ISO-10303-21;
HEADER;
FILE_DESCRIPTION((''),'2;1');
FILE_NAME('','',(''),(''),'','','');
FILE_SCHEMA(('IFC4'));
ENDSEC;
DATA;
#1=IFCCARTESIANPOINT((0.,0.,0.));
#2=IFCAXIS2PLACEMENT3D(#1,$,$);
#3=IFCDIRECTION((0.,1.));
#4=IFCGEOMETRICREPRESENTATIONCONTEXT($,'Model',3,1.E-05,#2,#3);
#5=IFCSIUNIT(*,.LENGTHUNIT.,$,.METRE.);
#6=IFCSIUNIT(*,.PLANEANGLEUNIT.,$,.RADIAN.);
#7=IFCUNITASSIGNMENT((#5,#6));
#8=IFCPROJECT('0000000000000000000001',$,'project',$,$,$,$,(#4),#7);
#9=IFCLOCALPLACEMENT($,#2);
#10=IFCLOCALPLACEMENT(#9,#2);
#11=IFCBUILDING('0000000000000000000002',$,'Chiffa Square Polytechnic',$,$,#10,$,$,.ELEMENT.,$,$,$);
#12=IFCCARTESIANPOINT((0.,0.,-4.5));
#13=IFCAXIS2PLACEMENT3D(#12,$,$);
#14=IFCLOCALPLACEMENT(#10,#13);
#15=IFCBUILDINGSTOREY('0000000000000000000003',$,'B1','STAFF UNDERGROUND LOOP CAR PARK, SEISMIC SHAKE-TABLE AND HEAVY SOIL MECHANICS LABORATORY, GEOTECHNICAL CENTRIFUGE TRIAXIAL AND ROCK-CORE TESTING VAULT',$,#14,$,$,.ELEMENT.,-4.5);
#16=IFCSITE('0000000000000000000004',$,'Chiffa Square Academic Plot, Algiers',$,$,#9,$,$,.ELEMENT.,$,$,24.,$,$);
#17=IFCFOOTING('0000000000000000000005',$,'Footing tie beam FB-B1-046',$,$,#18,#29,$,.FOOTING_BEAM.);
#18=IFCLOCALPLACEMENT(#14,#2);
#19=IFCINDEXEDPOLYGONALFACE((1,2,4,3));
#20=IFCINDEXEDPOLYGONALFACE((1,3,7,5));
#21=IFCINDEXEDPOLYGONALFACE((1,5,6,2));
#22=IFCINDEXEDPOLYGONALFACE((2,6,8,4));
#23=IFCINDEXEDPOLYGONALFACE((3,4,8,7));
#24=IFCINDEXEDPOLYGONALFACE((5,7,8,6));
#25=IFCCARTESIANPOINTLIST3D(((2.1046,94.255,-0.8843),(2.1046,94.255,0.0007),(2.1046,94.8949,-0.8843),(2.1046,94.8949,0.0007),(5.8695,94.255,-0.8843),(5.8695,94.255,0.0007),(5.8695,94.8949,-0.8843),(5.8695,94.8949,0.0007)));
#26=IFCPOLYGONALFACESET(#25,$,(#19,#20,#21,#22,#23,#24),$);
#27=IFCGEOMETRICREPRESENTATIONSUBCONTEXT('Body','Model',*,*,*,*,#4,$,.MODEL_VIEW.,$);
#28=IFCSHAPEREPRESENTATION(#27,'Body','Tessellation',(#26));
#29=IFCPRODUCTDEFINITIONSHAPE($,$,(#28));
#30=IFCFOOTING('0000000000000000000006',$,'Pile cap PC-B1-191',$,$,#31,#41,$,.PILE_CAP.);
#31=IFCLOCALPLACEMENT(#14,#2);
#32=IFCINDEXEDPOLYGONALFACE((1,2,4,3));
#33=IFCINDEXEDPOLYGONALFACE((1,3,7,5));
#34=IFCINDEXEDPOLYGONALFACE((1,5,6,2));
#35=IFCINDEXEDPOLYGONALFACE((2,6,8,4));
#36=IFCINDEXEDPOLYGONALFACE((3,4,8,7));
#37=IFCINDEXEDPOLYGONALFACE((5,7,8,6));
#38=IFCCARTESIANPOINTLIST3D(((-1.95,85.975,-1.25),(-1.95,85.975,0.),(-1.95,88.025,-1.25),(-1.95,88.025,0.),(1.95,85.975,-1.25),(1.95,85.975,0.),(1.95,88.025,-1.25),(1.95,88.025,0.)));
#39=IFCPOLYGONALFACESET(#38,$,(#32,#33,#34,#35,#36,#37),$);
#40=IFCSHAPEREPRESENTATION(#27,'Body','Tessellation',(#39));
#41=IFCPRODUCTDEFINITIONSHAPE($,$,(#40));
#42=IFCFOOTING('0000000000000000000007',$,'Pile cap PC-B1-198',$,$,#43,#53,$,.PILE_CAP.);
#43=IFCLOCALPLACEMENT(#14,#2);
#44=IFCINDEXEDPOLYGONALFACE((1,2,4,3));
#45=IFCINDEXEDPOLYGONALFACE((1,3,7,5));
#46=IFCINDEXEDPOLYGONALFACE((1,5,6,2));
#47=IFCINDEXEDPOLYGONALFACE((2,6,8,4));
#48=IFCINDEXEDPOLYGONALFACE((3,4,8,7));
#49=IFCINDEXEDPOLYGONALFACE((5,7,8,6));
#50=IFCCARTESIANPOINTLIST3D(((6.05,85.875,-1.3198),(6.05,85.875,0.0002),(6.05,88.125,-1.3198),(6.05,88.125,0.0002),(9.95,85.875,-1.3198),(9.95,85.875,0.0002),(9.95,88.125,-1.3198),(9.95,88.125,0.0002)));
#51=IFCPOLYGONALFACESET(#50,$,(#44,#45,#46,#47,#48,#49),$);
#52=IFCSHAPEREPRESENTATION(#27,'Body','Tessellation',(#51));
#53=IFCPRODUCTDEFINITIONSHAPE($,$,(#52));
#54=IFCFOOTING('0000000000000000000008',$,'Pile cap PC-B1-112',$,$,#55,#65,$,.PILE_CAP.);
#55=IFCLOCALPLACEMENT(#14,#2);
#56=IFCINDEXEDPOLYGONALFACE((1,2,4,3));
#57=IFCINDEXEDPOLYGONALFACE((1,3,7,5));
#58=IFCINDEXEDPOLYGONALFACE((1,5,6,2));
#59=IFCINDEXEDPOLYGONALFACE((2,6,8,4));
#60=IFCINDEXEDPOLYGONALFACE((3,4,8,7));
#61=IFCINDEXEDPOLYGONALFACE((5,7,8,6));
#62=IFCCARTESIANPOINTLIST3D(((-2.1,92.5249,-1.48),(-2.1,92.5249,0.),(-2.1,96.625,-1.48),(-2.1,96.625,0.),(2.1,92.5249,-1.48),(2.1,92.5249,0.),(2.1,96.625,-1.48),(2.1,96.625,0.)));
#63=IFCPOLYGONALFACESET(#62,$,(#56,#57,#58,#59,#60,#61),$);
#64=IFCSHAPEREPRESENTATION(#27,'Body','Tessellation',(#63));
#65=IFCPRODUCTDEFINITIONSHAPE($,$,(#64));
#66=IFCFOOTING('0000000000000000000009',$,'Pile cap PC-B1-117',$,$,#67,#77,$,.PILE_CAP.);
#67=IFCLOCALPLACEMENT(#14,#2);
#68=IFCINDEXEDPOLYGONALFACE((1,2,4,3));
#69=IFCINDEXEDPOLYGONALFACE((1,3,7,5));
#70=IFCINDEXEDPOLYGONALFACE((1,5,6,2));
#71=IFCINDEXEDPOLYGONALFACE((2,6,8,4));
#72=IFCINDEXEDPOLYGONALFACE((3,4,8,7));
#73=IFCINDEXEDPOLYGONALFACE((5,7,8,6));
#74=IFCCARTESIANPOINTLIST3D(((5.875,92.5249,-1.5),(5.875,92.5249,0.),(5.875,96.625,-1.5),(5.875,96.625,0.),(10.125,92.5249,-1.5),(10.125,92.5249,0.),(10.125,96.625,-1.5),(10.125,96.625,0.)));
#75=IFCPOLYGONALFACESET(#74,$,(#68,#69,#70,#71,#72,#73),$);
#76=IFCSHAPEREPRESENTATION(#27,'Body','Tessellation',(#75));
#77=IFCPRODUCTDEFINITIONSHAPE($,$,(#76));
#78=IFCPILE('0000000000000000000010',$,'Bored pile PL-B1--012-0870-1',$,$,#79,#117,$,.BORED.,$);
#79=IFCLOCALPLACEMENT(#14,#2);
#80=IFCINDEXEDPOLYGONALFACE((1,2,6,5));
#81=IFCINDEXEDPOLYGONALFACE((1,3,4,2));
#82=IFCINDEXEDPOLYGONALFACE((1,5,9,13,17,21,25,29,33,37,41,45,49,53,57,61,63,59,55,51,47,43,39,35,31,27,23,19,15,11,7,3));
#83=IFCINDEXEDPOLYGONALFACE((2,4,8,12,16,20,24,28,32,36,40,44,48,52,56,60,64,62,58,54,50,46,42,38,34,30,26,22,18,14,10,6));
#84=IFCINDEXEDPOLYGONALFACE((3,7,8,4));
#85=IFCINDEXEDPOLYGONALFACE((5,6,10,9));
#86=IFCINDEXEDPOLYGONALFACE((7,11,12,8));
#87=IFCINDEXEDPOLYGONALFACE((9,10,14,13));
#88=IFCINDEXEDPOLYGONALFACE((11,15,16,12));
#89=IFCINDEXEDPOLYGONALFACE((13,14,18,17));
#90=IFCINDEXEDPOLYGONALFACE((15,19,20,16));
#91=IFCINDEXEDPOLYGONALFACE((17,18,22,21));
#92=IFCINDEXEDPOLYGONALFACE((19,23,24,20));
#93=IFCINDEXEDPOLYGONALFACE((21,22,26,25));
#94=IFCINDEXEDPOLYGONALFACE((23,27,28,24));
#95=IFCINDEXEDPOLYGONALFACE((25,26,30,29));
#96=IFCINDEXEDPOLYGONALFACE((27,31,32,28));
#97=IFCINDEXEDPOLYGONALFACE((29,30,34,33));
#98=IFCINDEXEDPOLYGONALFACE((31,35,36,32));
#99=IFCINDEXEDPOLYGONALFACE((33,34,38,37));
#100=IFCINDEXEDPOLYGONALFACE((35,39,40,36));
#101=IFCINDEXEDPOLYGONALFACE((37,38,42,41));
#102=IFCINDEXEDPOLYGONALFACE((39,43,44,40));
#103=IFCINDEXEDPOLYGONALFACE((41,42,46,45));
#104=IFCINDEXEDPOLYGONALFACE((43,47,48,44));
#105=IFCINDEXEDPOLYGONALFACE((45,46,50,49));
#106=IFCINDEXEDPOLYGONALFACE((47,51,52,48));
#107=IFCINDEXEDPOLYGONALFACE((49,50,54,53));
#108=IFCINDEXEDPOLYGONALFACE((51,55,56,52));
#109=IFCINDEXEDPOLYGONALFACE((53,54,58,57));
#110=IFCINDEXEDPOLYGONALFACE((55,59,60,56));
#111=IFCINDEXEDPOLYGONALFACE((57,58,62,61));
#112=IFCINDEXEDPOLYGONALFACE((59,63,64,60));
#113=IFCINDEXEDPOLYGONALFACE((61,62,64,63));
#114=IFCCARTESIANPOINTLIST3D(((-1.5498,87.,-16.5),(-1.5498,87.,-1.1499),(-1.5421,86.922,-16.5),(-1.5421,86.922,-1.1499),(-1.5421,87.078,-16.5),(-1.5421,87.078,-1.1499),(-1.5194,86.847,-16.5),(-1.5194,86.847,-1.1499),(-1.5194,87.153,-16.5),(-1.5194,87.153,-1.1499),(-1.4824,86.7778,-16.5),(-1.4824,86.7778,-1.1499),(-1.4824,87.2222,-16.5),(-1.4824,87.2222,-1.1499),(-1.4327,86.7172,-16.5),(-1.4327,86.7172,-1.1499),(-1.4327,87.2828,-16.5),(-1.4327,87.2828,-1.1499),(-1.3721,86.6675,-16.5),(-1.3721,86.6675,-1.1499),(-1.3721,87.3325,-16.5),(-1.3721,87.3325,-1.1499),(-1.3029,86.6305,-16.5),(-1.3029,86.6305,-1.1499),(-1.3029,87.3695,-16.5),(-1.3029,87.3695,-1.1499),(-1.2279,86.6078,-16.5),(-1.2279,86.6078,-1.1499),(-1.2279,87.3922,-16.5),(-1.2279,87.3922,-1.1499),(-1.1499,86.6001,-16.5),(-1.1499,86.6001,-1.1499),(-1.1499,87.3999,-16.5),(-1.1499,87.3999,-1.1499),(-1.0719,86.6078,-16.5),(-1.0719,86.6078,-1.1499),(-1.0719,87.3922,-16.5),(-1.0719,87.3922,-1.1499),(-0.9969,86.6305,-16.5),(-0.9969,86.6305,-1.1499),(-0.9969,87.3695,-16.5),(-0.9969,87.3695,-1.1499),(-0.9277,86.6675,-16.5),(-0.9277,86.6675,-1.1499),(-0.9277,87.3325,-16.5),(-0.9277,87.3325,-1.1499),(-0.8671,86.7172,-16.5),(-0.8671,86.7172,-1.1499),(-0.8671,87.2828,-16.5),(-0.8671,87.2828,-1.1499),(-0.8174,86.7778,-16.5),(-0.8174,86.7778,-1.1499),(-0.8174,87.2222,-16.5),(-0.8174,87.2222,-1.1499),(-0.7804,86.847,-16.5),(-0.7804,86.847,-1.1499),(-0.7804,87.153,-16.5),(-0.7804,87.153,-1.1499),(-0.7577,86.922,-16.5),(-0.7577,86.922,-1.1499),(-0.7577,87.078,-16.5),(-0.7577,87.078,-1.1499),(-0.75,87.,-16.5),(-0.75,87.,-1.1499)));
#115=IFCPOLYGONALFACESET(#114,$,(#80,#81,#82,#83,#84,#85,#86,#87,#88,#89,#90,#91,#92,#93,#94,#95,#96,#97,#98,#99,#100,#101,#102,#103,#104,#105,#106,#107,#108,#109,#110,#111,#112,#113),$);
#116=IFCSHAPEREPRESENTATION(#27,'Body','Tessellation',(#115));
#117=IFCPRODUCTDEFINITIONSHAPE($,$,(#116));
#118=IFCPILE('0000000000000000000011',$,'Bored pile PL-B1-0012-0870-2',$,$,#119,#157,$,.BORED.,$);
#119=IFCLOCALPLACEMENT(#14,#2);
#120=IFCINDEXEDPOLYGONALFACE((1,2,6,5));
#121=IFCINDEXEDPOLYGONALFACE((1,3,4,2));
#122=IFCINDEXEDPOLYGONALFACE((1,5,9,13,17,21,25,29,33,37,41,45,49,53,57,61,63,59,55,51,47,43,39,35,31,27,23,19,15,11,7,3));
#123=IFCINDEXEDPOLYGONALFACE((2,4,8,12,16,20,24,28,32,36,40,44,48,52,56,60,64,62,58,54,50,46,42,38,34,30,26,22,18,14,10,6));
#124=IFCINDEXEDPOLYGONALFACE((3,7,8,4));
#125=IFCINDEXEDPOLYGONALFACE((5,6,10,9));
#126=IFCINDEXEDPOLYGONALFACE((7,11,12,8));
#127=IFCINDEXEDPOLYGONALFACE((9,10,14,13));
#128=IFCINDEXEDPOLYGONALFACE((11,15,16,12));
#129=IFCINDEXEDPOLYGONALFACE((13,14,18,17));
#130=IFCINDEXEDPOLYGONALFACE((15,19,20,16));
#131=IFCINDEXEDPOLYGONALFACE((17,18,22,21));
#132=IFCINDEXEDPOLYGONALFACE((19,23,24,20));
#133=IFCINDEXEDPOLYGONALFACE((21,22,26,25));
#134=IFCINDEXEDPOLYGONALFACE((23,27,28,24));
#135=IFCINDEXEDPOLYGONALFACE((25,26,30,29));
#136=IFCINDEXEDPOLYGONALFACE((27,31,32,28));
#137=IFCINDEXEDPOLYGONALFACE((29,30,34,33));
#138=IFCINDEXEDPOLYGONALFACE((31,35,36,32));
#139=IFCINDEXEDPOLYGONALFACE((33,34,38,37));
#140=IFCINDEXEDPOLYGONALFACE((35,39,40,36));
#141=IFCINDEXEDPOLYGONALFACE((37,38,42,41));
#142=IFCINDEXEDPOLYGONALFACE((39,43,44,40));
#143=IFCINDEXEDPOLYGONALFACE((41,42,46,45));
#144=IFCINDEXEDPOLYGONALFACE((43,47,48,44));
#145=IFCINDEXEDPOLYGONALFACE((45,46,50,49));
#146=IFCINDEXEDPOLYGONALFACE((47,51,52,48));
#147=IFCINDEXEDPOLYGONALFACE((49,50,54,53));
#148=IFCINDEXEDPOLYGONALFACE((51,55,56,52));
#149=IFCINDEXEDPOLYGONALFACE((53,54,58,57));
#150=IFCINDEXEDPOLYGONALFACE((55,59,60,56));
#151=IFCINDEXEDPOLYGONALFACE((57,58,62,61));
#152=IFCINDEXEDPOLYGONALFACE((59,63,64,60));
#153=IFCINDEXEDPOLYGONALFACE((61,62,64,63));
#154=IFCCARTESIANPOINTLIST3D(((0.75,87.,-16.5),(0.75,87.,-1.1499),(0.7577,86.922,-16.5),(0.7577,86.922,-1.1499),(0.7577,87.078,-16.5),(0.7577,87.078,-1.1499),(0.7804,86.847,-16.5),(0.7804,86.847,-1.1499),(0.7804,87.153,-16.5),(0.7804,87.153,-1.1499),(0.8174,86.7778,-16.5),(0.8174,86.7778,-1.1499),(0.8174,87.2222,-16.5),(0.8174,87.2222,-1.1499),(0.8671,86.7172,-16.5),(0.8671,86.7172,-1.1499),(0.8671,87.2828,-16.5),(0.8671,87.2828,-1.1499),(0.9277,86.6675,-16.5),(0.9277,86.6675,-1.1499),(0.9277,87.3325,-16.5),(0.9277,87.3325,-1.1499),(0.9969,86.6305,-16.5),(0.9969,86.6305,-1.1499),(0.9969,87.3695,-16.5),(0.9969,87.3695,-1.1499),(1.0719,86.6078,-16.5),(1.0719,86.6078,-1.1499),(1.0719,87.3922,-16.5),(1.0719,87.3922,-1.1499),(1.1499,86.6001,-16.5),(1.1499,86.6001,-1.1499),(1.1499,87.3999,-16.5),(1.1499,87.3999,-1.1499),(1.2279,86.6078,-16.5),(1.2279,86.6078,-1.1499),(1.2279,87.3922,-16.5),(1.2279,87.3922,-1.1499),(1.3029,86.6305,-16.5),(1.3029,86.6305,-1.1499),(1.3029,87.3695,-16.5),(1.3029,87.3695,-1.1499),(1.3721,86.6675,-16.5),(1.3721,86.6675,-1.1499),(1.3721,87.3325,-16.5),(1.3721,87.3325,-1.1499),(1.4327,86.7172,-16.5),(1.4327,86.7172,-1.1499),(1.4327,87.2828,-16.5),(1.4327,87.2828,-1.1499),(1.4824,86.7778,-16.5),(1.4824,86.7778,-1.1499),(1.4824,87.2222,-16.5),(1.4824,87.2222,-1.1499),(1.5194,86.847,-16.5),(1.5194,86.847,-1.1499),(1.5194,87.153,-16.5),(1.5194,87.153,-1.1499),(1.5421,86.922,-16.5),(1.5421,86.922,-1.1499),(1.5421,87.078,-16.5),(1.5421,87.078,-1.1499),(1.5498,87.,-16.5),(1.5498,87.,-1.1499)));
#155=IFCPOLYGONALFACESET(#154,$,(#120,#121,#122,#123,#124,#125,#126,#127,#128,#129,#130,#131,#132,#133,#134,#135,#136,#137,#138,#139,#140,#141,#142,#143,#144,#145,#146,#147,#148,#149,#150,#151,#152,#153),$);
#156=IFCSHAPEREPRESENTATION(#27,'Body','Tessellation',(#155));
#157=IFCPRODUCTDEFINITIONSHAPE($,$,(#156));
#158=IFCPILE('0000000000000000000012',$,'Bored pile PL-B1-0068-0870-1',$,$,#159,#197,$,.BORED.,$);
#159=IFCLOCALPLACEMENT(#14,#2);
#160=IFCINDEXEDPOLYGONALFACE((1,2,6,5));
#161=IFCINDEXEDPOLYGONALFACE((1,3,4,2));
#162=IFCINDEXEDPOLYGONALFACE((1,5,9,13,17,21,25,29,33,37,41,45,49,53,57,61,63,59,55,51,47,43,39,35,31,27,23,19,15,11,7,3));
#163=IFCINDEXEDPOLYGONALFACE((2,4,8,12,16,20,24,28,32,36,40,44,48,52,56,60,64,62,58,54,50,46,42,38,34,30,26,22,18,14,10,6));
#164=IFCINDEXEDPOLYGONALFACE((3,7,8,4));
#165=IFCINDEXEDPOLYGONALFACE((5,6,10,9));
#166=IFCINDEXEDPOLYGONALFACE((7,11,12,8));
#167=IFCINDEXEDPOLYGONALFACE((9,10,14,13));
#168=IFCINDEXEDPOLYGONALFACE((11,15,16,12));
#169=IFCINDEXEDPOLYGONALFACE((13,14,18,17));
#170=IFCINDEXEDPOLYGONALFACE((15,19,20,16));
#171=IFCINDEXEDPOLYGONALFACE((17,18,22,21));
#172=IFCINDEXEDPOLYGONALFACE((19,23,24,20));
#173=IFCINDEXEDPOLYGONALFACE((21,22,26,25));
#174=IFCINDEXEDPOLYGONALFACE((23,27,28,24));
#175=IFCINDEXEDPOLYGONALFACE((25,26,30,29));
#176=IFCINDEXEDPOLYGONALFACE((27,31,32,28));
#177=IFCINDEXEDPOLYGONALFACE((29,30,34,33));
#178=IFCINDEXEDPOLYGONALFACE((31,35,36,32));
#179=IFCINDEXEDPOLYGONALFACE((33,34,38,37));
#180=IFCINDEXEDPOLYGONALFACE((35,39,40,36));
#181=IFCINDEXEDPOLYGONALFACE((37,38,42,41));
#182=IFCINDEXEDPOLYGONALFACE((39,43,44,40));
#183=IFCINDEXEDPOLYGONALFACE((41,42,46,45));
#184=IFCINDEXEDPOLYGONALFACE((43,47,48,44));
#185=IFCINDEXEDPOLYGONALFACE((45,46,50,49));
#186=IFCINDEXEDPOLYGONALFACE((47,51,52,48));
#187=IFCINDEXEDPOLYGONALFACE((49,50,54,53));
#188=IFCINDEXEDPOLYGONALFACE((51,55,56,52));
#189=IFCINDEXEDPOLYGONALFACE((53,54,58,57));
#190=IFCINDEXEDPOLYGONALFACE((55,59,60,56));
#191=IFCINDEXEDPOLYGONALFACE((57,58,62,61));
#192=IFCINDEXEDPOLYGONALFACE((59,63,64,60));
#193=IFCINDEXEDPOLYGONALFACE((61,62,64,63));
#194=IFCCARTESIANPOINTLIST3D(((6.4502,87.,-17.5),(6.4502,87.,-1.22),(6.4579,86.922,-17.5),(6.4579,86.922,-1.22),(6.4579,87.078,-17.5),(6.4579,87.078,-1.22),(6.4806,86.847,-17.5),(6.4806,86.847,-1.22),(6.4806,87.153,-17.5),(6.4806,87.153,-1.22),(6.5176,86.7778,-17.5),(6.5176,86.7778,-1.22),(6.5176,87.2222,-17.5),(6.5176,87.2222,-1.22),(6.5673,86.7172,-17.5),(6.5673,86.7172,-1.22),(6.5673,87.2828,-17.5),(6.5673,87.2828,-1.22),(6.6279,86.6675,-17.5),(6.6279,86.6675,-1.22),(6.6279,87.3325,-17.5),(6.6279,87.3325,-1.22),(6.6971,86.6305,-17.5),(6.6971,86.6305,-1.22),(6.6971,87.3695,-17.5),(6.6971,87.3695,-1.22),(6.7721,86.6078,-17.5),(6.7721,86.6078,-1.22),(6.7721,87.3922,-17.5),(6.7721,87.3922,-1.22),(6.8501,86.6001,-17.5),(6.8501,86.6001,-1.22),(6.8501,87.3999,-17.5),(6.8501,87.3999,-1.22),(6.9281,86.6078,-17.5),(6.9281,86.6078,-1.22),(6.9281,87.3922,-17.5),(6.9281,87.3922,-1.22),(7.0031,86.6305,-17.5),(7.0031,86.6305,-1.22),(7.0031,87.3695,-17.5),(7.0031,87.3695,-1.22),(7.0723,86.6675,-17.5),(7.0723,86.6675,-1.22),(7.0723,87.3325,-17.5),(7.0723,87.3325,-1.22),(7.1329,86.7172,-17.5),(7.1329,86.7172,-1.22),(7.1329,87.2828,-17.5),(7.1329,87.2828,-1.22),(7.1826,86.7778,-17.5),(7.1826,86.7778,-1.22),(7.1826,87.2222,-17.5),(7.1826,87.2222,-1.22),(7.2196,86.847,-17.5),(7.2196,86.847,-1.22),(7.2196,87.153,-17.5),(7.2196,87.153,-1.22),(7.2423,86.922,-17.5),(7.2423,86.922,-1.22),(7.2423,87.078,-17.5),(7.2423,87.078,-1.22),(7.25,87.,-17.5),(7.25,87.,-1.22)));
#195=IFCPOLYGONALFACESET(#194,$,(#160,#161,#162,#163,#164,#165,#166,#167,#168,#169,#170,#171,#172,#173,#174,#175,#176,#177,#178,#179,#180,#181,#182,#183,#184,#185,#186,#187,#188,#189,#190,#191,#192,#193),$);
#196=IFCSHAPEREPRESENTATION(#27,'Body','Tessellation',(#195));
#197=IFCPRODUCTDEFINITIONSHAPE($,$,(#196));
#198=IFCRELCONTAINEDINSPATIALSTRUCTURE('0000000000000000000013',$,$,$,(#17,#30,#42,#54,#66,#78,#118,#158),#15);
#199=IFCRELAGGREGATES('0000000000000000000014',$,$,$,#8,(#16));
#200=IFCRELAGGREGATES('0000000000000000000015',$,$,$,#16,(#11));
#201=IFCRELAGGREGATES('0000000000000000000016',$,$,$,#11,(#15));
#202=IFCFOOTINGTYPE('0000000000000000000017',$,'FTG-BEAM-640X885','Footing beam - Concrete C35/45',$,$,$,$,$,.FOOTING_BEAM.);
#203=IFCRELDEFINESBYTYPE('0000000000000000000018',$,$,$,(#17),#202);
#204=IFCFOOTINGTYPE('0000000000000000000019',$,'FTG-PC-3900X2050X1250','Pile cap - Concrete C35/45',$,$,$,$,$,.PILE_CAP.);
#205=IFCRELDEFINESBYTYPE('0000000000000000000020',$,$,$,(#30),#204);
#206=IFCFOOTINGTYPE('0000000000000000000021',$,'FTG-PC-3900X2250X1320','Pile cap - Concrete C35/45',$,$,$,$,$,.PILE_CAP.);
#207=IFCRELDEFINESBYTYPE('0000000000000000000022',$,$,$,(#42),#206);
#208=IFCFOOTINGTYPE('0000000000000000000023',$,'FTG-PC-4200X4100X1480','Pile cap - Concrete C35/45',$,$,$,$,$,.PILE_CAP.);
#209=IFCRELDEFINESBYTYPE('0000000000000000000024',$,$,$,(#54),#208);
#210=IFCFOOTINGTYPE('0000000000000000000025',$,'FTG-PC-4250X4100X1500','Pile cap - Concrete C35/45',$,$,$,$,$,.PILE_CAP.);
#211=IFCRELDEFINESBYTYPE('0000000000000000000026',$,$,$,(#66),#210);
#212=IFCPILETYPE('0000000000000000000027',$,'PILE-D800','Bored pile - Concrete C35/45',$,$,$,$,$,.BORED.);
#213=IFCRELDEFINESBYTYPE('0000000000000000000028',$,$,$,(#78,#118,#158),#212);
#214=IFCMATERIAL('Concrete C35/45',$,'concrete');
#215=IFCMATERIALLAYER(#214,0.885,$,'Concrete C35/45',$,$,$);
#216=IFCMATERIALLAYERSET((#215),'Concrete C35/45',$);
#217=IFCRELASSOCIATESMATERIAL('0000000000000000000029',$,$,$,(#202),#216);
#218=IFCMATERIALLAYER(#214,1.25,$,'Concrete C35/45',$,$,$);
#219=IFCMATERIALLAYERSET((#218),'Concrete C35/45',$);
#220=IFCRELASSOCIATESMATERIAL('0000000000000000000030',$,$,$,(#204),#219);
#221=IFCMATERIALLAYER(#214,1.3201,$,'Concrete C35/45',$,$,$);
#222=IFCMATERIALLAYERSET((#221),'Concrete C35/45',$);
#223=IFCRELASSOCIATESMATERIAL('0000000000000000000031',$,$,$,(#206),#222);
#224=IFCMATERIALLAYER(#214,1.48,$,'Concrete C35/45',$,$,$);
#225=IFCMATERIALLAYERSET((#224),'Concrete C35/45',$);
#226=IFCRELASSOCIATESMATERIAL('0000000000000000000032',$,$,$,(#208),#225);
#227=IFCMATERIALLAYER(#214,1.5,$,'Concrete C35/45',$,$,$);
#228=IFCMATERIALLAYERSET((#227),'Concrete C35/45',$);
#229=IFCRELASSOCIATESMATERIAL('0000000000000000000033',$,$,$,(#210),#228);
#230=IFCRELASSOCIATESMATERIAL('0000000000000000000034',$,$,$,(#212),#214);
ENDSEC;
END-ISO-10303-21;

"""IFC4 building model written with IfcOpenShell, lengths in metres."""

from ifc_helpers import new_model, si_unit, direction, frame, origin, origin_2d, place, context, subcontext, project, spatial, rectangle, circle, extrude, material, layer, layer_set, material_profile, profile_set, type_object, element, save


model = new_model("IFC4")

# Units and contexts
model_context = context("Model", 3, precision=1e-05, world=origin(), true_north=direction((0.0, 1.0)))
body_context = subcontext(model_context, "Body", "Model", "MODEL_VIEW")
ifc_project = project(units=[si_unit("LENGTHUNIT", "METRE"), si_unit("PLANEANGLEUNIT", "RADIAN")], contexts=[model_context])

# Site, building, storey
site_placement = place(None, origin())
site = spatial("IfcSite", under=ifc_project, at=site_placement, Name="Chiffa Square Academic Plot, Algiers", CompositionType="ELEMENT", RefElevation=24.0)
building_placement = place(site_placement, origin())
building = spatial("IfcBuilding", under=site, at=building_placement, Name="Chiffa Square Polytechnic", CompositionType="ELEMENT")
storey_placement = place(building_placement, frame((0.0, 0.0, -4.5)))
storey = spatial("IfcBuildingStorey", under=building, at=storey_placement, Name="B1", Description="STAFF UNDERGROUND LOOP CAR PARK, SEISMIC SHAKE-TABLE AND HEAVY SOIL MECHANICS LABORATORY, GEOTECHNICAL CENTRIFUGE TRIAXIAL AND ROCK-CORE TESTING VAULT", CompositionType="ELEMENT", Elevation=-4.5)

# Footings
ifc_material_1 = material(Name="Concrete C35/45", Category="concrete")
ifc_layer_1 = layer(ifc_material_1, 0.885, Name="Concrete C35/45")
ifc_layer_set_1 = layer_set([ifc_layer_1], Name="Concrete C35/45")
footing_type_1 = type_object("IfcFootingType", Name="FTG-BEAM-640X885", Description="Footing beam - Concrete C35/45", PredefinedType="FOOTING_BEAM", material=ifc_layer_set_1)
footing_1_placement = place(storey_placement, frame((3.9871, 94.575, -0.8843), z_axis=(0.0, 0.0, 1.0), x_axis=(1.0, 0.0, 0.0)))
element("IfcFooting", 1, at=footing_1_placement, inside=storey, type_object=footing_type_1, Name="Footing tie beam FB-B1-046", PredefinedType="FOOTING_BEAM", context=body_context, shape_type="SweptSolid", body=[
    extrude(rectangle(XDim=3.7649, YDim=0.6399, at=origin_2d()), origin(), (0.0, 0.0, 1.0), 0.885),
])
ifc_layer_2 = layer(ifc_material_1, 1.25, Name="Concrete C35/45")
ifc_layer_set_2 = layer_set([ifc_layer_2], Name="Concrete C35/45")
footing_type_2 = type_object("IfcFootingType", Name="FTG-PC-3900X2050X1250", Description="Pile cap - Concrete C35/45", PredefinedType="PILE_CAP", material=ifc_layer_set_2)
footing_2_placement = place(storey_placement, frame((0.0, 87.0, -1.25), z_axis=(0.0, 0.0, 1.0), x_axis=(1.0, 0.0, 0.0)))
element("IfcFooting", 2, at=footing_2_placement, inside=storey, type_object=footing_type_2, Name="Pile cap PC-B1-191", PredefinedType="PILE_CAP", context=body_context, shape_type="SweptSolid", body=[
    extrude(rectangle(XDim=3.8999, YDim=2.05, at=origin_2d()), origin(), (0.0, 0.0, 1.0), 1.25),
])
ifc_layer_3 = layer(ifc_material_1, 1.3201, Name="Concrete C35/45")
ifc_layer_set_3 = layer_set([ifc_layer_3], Name="Concrete C35/45")
footing_type_3 = type_object("IfcFootingType", Name="FTG-PC-3900X2250X1320", Description="Pile cap - Concrete C35/45", PredefinedType="PILE_CAP", material=ifc_layer_set_3)
footing_3_placement = place(storey_placement, frame((8.0, 87.0, -1.3198), z_axis=(0.0, 0.0, 1.0), x_axis=(1.0, 0.0, 0.0)))
element("IfcFooting", 3, at=footing_3_placement, inside=storey, type_object=footing_type_3, Name="Pile cap PC-B1-198", PredefinedType="PILE_CAP", context=body_context, shape_type="SweptSolid", body=[
    extrude(rectangle(XDim=3.8999, YDim=2.25, at=origin_2d()), origin(), (0.0, 0.0, 1.0), 1.3201),
])
ifc_layer_4 = layer(ifc_material_1, 1.48, Name="Concrete C35/45")
ifc_layer_set_4 = layer_set([ifc_layer_4], Name="Concrete C35/45")
footing_type_4 = type_object("IfcFootingType", Name="FTG-PC-4200X4100X1480", Description="Pile cap - Concrete C35/45", PredefinedType="PILE_CAP", material=ifc_layer_set_4)
footing_4_placement = place(storey_placement, frame((0.0, 94.575, -1.48), z_axis=(0.0, 0.0, 1.0), x_axis=(1.0, 0.0, 0.0)))
element("IfcFooting", 4, at=footing_4_placement, inside=storey, type_object=footing_type_4, Name="Pile cap PC-B1-112", PredefinedType="PILE_CAP", context=body_context, shape_type="SweptSolid", body=[
    extrude(rectangle(XDim=4.2, YDim=4.1001, at=origin_2d()), origin(), (0.0, 0.0, 1.0), 1.48),
])
ifc_layer_5 = layer(ifc_material_1, 1.5, Name="Concrete C35/45")
ifc_layer_set_5 = layer_set([ifc_layer_5], Name="Concrete C35/45")
footing_type_5 = type_object("IfcFootingType", Name="FTG-PC-4250X4100X1500", Description="Pile cap - Concrete C35/45", PredefinedType="PILE_CAP", material=ifc_layer_set_5)
footing_5_placement = place(storey_placement, frame((8.0, 94.575, -1.5), z_axis=(0.0, 0.0, 1.0), x_axis=(1.0, 0.0, 0.0)))
element("IfcFooting", 5, at=footing_5_placement, inside=storey, type_object=footing_type_5, Name="Pile cap PC-B1-117", PredefinedType="PILE_CAP", context=body_context, shape_type="SweptSolid", body=[
    extrude(rectangle(XDim=4.25, YDim=4.1001, at=origin_2d()), origin(), (0.0, 0.0, 1.0), 1.5),
])

# Piles
ifc_material_profile_1 = material_profile(ifc_material_1, circle(Radius=0.3999, at=origin_2d()), Name="PILE D800")
ifc_profile_set_1 = profile_set([ifc_material_profile_1], Name="Concrete C35/45")
pile_type_1 = type_object("IfcPileType", Name="PILE-D800", Description="Bored pile - Concrete C35/45", PredefinedType="BORED", material=ifc_profile_set_1)
for number, where, z_axis, x_axis, name in (
    (6, (-1.1499, 87.0, -1.1499), (0.0, 0.0, -1.0), (1.0, 0.0, 0.0), "Bored pile PL-B1--012-0870-1"),
    (7, (1.1499, 87.0, -1.1499), (0.0, 0.0, -1.0), (1.0, 0.0, 0.0), "Bored pile PL-B1-0012-0870-2"),
):
    element("IfcPile", number, at=place(storey_placement, frame(where, z_axis=z_axis, x_axis=x_axis)), inside=storey, type_object=pile_type_1, Name=name, PredefinedType="BORED", context=body_context, shape_type="SweptSolid", body=[
        extrude(circle(Radius=0.3999, at=origin_2d()), origin(), (0.0, 0.0, 1.0), 15.3501),
    ])
for number, where, z_axis, x_axis, name in (
    (8, (6.8501, 87.0, -1.22), (0.0, 0.0, -1.0), (1.0, 0.0, 0.0), "Bored pile PL-B1-0068-0870-1"),
):
    element("IfcPile", number, at=place(storey_placement, frame(where, z_axis=z_axis, x_axis=x_axis)), inside=storey, type_object=pile_type_1, Name=name, PredefinedType="BORED", context=body_context, shape_type="SweptSolid", body=[
        extrude(circle(Radius=0.3999, at=origin_2d()), origin(), (0.0, 0.0, 1.0), 16.28),
    ])

save(model, "model.ifc")
